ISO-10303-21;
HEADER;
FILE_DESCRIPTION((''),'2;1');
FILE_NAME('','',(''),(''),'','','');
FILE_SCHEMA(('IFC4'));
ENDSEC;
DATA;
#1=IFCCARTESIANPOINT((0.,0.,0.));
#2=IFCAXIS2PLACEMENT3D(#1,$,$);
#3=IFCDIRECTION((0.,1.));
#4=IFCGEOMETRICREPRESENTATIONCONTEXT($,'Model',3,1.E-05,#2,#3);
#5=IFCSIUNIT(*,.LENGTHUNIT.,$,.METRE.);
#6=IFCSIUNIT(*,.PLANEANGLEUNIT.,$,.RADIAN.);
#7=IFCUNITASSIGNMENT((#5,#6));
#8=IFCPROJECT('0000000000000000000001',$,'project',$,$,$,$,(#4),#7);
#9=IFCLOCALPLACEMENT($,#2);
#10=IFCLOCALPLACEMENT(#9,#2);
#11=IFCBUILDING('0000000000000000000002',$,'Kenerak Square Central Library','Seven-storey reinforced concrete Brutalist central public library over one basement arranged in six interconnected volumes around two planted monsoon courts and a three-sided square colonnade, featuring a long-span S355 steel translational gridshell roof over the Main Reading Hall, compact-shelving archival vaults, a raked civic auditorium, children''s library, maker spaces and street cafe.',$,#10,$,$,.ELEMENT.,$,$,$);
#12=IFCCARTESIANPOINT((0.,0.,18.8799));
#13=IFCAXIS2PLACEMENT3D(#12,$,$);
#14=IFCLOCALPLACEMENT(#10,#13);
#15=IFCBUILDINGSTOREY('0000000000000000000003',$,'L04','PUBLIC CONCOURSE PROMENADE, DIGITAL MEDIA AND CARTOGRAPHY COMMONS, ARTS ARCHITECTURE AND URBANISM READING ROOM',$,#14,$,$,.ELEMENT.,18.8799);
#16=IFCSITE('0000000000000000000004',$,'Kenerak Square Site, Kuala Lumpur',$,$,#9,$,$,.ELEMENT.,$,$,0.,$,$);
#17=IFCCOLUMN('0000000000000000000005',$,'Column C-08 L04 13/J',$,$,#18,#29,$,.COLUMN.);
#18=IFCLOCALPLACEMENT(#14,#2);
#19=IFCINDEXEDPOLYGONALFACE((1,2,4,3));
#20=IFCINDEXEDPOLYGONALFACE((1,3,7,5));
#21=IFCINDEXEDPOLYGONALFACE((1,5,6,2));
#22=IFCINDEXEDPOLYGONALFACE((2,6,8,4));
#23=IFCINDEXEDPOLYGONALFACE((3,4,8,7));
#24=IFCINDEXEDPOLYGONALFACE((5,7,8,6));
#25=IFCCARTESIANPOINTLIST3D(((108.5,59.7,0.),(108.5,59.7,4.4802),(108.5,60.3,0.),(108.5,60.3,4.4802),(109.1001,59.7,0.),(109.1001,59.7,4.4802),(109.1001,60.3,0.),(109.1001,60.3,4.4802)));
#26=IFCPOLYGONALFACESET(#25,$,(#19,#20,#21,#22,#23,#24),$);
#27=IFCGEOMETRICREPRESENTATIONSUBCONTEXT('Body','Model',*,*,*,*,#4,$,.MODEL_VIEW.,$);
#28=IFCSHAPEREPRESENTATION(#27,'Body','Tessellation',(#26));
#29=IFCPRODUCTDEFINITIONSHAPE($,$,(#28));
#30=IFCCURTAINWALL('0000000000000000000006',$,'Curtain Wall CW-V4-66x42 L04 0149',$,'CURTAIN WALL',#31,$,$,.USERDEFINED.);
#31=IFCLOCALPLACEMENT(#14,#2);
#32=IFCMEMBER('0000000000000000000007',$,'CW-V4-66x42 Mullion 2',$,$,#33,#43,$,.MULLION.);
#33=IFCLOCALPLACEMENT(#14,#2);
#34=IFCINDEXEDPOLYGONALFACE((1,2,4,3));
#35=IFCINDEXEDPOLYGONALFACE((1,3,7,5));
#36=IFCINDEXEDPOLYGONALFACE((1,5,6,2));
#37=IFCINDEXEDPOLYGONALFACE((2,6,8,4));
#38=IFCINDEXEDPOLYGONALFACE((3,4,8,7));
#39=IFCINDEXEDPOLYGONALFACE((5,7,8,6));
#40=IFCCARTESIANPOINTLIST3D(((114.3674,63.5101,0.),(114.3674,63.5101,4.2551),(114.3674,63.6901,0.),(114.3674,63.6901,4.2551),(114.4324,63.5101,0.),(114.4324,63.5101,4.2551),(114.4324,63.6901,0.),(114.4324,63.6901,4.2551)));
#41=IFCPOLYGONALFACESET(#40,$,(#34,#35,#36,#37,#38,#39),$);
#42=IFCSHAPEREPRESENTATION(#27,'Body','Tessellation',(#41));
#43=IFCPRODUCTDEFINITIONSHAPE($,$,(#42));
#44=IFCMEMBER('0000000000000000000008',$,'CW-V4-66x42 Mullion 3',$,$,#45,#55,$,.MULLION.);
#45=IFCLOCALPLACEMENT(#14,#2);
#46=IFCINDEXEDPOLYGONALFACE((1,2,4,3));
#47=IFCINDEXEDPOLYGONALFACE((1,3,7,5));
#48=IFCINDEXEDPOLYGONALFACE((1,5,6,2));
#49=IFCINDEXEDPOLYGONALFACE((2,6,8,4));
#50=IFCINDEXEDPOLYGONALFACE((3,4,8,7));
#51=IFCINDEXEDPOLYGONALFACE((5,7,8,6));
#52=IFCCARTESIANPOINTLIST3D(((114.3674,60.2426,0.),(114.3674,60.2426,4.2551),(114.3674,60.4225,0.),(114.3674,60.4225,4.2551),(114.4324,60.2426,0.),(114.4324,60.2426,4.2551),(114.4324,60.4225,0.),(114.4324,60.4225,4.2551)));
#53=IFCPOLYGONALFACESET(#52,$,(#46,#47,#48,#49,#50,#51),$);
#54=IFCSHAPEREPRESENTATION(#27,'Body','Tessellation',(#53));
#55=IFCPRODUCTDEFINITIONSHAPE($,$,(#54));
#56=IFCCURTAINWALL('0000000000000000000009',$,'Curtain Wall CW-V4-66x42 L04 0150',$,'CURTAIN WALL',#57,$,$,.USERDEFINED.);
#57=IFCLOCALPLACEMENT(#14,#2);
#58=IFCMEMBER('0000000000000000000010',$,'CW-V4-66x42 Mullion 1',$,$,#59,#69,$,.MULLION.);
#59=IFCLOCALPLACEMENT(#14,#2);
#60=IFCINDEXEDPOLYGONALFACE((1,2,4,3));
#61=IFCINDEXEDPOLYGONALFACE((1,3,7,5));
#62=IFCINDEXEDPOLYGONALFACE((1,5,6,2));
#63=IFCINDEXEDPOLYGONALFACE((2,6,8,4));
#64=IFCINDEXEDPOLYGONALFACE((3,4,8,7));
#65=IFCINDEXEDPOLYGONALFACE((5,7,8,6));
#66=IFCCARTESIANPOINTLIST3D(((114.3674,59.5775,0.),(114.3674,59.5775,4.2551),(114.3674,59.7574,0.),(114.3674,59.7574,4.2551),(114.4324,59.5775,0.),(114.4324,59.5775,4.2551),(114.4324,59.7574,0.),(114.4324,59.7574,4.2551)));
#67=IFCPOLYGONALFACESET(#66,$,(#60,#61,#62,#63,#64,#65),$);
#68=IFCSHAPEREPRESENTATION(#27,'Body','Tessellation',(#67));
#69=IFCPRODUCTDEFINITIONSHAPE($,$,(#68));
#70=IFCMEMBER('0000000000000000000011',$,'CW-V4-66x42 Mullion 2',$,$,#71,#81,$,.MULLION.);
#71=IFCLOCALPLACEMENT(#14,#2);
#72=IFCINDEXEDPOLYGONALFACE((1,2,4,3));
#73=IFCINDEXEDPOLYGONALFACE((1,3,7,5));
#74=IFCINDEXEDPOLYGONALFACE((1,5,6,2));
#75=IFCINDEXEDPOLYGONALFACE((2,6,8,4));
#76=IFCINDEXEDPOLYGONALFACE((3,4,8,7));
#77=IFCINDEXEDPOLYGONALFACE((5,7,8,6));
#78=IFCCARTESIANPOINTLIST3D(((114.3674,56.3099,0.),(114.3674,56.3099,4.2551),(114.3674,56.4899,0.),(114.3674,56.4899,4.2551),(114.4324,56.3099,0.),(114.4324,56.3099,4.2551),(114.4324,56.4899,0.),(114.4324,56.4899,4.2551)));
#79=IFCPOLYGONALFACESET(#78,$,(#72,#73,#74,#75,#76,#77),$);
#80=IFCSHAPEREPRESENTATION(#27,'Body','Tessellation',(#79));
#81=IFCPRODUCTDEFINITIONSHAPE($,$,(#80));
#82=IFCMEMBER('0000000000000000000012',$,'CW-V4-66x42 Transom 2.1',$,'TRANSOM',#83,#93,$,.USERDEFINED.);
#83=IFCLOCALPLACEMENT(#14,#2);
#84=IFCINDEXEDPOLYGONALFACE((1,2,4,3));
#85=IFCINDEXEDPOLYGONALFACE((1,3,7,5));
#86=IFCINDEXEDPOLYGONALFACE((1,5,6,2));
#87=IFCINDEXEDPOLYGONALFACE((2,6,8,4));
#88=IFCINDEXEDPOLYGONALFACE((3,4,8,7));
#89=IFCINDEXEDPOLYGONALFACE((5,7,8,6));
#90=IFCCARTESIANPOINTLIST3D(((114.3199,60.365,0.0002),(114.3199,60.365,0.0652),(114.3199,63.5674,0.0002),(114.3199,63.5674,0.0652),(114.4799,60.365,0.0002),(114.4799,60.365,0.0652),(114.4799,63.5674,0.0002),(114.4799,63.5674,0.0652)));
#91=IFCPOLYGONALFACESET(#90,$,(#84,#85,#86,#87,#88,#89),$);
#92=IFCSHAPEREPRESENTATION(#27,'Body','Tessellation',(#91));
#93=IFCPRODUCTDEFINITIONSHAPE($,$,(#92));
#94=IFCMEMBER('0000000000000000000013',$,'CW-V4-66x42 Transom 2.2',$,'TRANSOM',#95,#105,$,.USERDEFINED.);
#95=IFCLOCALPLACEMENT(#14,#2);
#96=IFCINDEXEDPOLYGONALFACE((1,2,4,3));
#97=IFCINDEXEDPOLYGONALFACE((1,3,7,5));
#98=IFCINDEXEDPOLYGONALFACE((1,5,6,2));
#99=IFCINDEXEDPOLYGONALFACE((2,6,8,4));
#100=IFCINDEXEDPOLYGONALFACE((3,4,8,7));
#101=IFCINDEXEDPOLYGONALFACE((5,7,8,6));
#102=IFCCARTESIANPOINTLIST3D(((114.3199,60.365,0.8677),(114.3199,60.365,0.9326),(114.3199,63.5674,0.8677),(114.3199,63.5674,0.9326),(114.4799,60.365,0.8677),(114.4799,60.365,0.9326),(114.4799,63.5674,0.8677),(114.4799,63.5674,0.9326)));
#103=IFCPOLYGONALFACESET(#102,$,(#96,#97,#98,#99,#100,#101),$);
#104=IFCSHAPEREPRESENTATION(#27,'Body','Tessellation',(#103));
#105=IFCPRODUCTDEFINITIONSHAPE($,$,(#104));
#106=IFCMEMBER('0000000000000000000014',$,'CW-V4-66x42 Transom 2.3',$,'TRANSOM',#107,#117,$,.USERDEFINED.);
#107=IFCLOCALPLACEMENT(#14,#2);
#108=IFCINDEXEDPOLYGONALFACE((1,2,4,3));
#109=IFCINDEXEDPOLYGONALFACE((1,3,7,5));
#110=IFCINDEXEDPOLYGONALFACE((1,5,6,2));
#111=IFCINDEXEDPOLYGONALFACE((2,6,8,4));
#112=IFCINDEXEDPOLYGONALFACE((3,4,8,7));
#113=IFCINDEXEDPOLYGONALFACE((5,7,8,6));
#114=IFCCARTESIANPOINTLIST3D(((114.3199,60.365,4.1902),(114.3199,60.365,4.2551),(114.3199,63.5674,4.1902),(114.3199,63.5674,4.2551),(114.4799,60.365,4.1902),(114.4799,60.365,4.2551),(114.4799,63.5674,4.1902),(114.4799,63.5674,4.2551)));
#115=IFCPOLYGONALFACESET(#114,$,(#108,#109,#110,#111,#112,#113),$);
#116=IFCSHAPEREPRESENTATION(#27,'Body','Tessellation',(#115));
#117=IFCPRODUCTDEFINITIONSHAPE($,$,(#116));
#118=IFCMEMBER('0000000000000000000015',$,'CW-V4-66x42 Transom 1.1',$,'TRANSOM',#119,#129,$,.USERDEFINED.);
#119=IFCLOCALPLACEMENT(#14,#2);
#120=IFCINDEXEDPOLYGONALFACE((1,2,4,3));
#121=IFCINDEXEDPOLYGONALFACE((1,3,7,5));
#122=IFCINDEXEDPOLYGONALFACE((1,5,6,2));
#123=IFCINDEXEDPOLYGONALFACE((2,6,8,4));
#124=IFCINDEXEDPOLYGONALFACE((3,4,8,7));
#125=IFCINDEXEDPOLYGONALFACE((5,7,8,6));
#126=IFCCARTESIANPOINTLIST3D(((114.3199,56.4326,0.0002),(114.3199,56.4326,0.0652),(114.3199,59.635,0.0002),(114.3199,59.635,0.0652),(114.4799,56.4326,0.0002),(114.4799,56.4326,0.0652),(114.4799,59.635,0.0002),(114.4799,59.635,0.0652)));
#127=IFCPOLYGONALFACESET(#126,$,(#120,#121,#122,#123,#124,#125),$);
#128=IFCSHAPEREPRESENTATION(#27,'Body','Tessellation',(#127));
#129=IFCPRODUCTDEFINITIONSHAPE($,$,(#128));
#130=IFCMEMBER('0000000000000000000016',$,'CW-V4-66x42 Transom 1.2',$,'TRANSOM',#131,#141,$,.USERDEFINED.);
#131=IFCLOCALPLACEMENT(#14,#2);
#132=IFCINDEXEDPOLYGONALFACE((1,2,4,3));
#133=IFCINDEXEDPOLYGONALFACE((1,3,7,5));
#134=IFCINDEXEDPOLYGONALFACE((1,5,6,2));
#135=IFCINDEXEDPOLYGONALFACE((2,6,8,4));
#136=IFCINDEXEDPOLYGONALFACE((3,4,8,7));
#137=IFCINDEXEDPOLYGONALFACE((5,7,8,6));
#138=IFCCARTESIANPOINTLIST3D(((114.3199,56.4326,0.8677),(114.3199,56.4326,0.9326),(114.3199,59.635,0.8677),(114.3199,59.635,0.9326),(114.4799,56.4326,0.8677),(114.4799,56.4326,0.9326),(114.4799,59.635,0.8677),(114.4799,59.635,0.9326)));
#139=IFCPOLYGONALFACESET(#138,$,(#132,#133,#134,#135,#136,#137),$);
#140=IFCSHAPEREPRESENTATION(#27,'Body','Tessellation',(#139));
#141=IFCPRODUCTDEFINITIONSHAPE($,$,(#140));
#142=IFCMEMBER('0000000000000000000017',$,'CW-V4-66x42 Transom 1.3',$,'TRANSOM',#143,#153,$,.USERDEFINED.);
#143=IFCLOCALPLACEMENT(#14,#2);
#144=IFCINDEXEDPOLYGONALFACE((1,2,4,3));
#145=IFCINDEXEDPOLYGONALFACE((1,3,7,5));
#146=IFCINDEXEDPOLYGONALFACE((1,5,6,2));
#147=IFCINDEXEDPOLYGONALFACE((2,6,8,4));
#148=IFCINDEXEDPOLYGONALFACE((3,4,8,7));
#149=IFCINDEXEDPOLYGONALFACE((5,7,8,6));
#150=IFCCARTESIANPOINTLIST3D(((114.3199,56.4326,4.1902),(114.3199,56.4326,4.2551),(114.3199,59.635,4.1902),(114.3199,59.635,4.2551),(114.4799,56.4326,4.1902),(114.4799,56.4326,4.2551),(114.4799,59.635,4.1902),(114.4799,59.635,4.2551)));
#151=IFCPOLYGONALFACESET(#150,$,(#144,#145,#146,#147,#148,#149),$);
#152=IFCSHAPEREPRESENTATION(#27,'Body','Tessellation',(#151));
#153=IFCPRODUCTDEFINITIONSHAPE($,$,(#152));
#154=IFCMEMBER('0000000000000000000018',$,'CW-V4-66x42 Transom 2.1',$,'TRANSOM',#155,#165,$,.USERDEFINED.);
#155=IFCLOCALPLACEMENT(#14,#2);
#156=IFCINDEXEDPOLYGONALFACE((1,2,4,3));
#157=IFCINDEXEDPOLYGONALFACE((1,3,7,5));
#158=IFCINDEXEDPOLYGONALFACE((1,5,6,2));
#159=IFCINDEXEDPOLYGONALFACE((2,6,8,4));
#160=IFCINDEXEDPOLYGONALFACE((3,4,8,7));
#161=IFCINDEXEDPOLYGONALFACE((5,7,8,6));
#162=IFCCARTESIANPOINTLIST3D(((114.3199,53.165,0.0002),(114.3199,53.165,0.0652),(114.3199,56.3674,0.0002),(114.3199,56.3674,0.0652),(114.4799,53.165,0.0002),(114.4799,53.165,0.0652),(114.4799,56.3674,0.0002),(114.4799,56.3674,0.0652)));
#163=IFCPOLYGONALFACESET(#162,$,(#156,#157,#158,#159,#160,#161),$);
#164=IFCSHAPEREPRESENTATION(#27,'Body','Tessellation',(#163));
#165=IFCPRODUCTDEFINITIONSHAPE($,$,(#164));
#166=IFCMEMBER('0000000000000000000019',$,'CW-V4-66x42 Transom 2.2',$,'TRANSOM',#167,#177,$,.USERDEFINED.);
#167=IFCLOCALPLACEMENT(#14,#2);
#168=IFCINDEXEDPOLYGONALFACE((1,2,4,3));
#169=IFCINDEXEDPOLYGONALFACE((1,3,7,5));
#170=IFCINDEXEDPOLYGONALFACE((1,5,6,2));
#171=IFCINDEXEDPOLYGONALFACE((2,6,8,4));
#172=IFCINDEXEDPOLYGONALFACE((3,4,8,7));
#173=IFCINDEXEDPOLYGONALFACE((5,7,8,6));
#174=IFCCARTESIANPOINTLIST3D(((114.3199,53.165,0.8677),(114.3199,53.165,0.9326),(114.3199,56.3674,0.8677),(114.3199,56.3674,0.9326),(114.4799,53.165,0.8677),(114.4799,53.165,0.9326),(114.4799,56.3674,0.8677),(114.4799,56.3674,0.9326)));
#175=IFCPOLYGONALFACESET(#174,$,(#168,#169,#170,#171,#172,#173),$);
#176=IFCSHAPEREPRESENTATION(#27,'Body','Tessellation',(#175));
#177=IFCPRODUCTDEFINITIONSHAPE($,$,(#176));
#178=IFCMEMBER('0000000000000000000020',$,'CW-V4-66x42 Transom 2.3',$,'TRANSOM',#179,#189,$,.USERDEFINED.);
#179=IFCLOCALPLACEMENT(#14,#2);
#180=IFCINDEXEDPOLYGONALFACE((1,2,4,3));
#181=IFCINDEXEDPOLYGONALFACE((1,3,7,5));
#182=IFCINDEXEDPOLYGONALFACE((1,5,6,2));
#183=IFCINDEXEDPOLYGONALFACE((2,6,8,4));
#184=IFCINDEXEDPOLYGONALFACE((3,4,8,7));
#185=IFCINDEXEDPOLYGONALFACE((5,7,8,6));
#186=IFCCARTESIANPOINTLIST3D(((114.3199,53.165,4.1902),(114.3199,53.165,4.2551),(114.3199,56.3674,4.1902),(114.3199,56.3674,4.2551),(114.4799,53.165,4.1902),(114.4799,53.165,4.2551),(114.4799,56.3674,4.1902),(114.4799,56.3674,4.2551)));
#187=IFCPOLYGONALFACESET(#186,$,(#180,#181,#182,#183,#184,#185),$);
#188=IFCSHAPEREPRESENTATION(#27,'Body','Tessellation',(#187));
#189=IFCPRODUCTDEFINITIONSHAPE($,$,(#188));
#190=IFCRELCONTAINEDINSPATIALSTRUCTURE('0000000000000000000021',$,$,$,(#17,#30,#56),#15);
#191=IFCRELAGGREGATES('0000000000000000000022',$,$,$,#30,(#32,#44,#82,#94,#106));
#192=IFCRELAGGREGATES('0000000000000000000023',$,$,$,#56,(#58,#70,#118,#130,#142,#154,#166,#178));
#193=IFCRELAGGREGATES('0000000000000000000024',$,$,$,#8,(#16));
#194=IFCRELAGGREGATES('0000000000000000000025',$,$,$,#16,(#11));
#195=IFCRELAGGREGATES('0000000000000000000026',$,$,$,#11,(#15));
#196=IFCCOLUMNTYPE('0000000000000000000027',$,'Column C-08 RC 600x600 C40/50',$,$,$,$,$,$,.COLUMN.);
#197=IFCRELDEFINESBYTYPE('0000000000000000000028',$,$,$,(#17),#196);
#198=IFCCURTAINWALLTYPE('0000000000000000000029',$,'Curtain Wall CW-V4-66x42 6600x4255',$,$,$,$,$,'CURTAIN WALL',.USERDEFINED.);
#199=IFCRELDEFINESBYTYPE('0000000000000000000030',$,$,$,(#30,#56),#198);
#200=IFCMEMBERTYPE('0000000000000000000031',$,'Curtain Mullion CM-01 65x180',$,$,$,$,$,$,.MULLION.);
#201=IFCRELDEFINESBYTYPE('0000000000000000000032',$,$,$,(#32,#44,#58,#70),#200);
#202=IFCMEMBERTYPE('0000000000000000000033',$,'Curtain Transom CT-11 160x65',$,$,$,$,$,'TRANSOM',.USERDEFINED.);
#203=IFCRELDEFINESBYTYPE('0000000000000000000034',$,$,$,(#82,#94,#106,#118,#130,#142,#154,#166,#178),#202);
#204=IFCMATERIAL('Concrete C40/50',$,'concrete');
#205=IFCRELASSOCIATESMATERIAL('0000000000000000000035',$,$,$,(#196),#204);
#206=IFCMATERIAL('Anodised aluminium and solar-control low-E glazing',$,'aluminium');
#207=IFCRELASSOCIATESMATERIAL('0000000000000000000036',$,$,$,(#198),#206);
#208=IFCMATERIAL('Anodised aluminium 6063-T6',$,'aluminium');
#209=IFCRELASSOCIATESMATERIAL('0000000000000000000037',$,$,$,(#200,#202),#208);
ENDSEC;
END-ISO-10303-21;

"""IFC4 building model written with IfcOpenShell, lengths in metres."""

from ifc_helpers import new_model, si_unit, direction, frame, origin, origin_2d, place, context, subcontext, project, spatial, rectangle, extrude, material, material_profile, profile_set, type_object, element, aggregate, save


model = new_model("IFC4")

# Units and contexts
model_context = context("Model", 3, precision=1e-05, world=origin(), true_north=direction((0.0, 1.0)))
body_context = subcontext(model_context, "Body", "Model", "MODEL_VIEW")
ifc_project = project(units=[si_unit("LENGTHUNIT", "METRE"), si_unit("PLANEANGLEUNIT", "RADIAN")], contexts=[model_context])

# Site, building, storey
site_placement = place(None, origin())
site = spatial("IfcSite", under=ifc_project, at=site_placement, Name="Kenerak Square Site, Kuala Lumpur", CompositionType="ELEMENT", RefElevation=0.0)
building_placement = place(site_placement, origin())
building = spatial("IfcBuilding", under=site, at=building_placement, Name="Kenerak Square Central Library", Description="Seven-storey reinforced concrete Brutalist central public library over one basement arranged in six interconnected volumes around two planted monsoon courts and a three-sided square colonnade, featuring a long-span S355 steel translational gridshell roof over the Main Reading Hall, compact-shelving archival vaults, a raked civic auditorium, children's library, maker spaces and street cafe.", CompositionType="ELEMENT")
storey_placement = place(building_placement, frame((0.0, 0.0, 18.8799)))
storey = spatial("IfcBuildingStorey", under=building, at=storey_placement, Name="L04", Description="PUBLIC CONCOURSE PROMENADE, DIGITAL MEDIA AND CARTOGRAPHY COMMONS, ARTS ARCHITECTURE AND URBANISM READING ROOM", CompositionType="ELEMENT", Elevation=18.8799)

# Column
ifc_material_1 = material(Name="Concrete C40/50", Category="concrete")
ifc_material_profile_1 = material_profile(ifc_material_1, rectangle(XDim=0.6001, YDim=0.6001, at=origin_2d()), Name="RC 600x600")
ifc_profile_set_1 = profile_set([ifc_material_profile_1], Name="Concrete C40/50")
column_type = type_object("IfcColumnType", Name="Column C-08 RC 600x600 C40/50", PredefinedType="COLUMN", material=ifc_profile_set_1)
column_placement = place(storey_placement, frame((108.8, 60.0, 0.0), z_axis=(0.0, 0.0, 1.0), x_axis=(1.0, 0.0, 0.0)))
element("IfcColumn", 1, at=column_placement, inside=storey, type_object=column_type, Name="Column C-08 L04 13/J", PredefinedType="COLUMN", context=body_context, shape_type="SweptSolid", body=[
    extrude(rectangle(XDim=0.6001, YDim=0.6001, at=origin_2d()), origin(), (0.0, 0.0, 1.0), 4.4802),
])

# Curtain walls, members
ifc_material_2 = material(Name="Anodised aluminium and solar-control low-E glazing", Category="aluminium")
curtain_wall_type = type_object("IfcCurtainWallType", Name="Curtain Wall CW-V4-66x42 6600x4255", ElementType="CURTAIN WALL", PredefinedType="USERDEFINED", material=ifc_material_2)
curtain_wall_1_placement = place(storey_placement, origin())
curtain_wall_1 = element("IfcCurtainWall", 2, at=curtain_wall_1_placement, inside=storey, type_object=curtain_wall_type, Name="Curtain Wall CW-V4-66x42 L04 0149", ObjectType="CURTAIN WALL", PredefinedType="USERDEFINED")
ifc_material_3 = material(Name="Anodised aluminium 6063-T6", Category="aluminium")
ifc_material_profile_2 = material_profile(ifc_material_3, rectangle(XDim=0.0649, YDim=0.1799, at=origin_2d()), Name="AL MULLION 65x180")
ifc_profile_set_2 = profile_set([ifc_material_profile_2], Name="Anodised aluminium 6063-T6")
member_type_1 = type_object("IfcMemberType", Name="Curtain Mullion CM-01 65x180", PredefinedType="MULLION", material=ifc_profile_set_2)
member_1_placement = place(storey_placement, frame((114.3999, 63.6001, 0.0), z_axis=(0.0, 0.0, 1.0), x_axis=(1.0, 0.0, 0.0)))
member_1 = element("IfcMember", 3, at=member_1_placement, type_object=member_type_1, Name="CW-V4-66x42 Mullion 2", PredefinedType="MULLION", context=body_context, shape_type="SweptSolid", body=[
    extrude(rectangle(XDim=0.0649, YDim=0.1799, at=origin_2d()), origin(), (0.0, 0.0, 1.0), 4.2551),
])
member_2_placement = place(storey_placement, frame((114.3999, 60.3325, 0.0), z_axis=(0.0, 0.0, 1.0), x_axis=(1.0, 0.0, 0.0)))
member_2 = element("IfcMember", 4, at=member_2_placement, type_object=member_type_1, Name="CW-V4-66x42 Mullion 3", PredefinedType="MULLION", context=body_context, shape_type="SweptSolid", body=[
    extrude(rectangle(XDim=0.0649, YDim=0.1799, at=origin_2d()), origin(), (0.0, 0.0, 1.0), 4.2551),
])
curtain_wall_2_placement = place(storey_placement, origin())
curtain_wall_2 = element("IfcCurtainWall", 5, at=curtain_wall_2_placement, inside=storey, type_object=curtain_wall_type, Name="Curtain Wall CW-V4-66x42 L04 0150", ObjectType="CURTAIN WALL", PredefinedType="USERDEFINED")
member_3_placement = place(storey_placement, frame((114.3999, 59.6675, 0.0), z_axis=(0.0, 0.0, 1.0), x_axis=(1.0, 0.0, 0.0)))
member_3 = element("IfcMember", 6, at=member_3_placement, type_object=member_type_1, Name="CW-V4-66x42 Mullion 1", PredefinedType="MULLION", context=body_context, shape_type="SweptSolid", body=[
    extrude(rectangle(XDim=0.0649, YDim=0.1799, at=origin_2d()), origin(), (0.0, 0.0, 1.0), 4.2551),
])
member_4_placement = place(storey_placement, frame((114.3999, 56.3999, 0.0), z_axis=(0.0, 0.0, 1.0), x_axis=(1.0, 0.0, 0.0)))
member_4 = element("IfcMember", 7, at=member_4_placement, type_object=member_type_1, Name="CW-V4-66x42 Mullion 2", PredefinedType="MULLION", context=body_context, shape_type="SweptSolid", body=[
    extrude(rectangle(XDim=0.0649, YDim=0.1799, at=origin_2d()), origin(), (0.0, 0.0, 1.0), 4.2551),
])

# Members
ifc_material_profile_3 = material_profile(ifc_material_3, rectangle(XDim=0.1599, YDim=0.0649, at=origin_2d()), Name="AL TRANSOM 160x65")
ifc_profile_set_3 = profile_set([ifc_material_profile_3], Name="Anodised aluminium 6063-T6")
member_type_2 = type_object("IfcMemberType", Name="Curtain Transom CT-11 160x65", ElementType="TRANSOM", PredefinedType="USERDEFINED", material=ifc_profile_set_3)
member_5_placement = place(storey_placement, frame((114.3999, 63.5674, 0.0327), z_axis=(0.0, -1.0, 0.0), x_axis=(1.0, 0.0, 0.0)))
member_5 = element("IfcMember", 8, at=member_5_placement, type_object=member_type_2, Name="CW-V4-66x42 Transom 2.1", ObjectType="TRANSOM", PredefinedType="USERDEFINED", context=body_context, shape_type="SweptSolid", body=[
    extrude(rectangle(XDim=0.1599, YDim=0.0649, at=origin_2d()), origin(), (0.0, 0.0, 1.0), 3.2024),
])
member_6_placement = place(storey_placement, frame((114.3999, 63.5674, 0.9001), z_axis=(0.0, -1.0, 0.0), x_axis=(1.0, 0.0, 0.0)))
member_6 = element("IfcMember", 9, at=member_6_placement, type_object=member_type_2, Name="CW-V4-66x42 Transom 2.2", ObjectType="TRANSOM", PredefinedType="USERDEFINED", context=body_context, shape_type="SweptSolid", body=[
    extrude(rectangle(XDim=0.1599, YDim=0.0649, at=origin_2d()), origin(), (0.0, 0.0, 1.0), 3.2024),
])
member_7_placement = place(storey_placement, frame((114.3999, 63.5674, 4.2227), z_axis=(0.0, -1.0, 0.0), x_axis=(1.0, 0.0, 0.0)))
member_7 = element("IfcMember", 10, at=member_7_placement, type_object=member_type_2, Name="CW-V4-66x42 Transom 2.3", ObjectType="TRANSOM", PredefinedType="USERDEFINED", context=body_context, shape_type="SweptSolid", body=[
    extrude(rectangle(XDim=0.1599, YDim=0.0649, at=origin_2d()), origin(), (0.0, 0.0, 1.0), 3.2024),
])
member_8_placement = place(storey_placement, frame((114.3999, 59.635, 0.0327), z_axis=(0.0, -1.0, 0.0), x_axis=(1.0, 0.0, 0.0)))
member_8 = element("IfcMember", 11, at=member_8_placement, type_object=member_type_2, Name="CW-V4-66x42 Transom 1.1", ObjectType="TRANSOM", PredefinedType="USERDEFINED", context=body_context, shape_type="SweptSolid", body=[
    extrude(rectangle(XDim=0.1599, YDim=0.0649, at=origin_2d()), origin(), (0.0, 0.0, 1.0), 3.2024),
])
member_9_placement = place(storey_placement, frame((114.3999, 59.635, 0.9001), z_axis=(0.0, -1.0, 0.0), x_axis=(1.0, 0.0, 0.0)))
member_9 = element("IfcMember", 12, at=member_9_placement, type_object=member_type_2, Name="CW-V4-66x42 Transom 1.2", ObjectType="TRANSOM", PredefinedType="USERDEFINED", context=body_context, shape_type="SweptSolid", body=[
    extrude(rectangle(XDim=0.1599, YDim=0.0649, at=origin_2d()), origin(), (0.0, 0.0, 1.0), 3.2024),
])
member_10_placement = place(storey_placement, frame((114.3999, 59.635, 4.2227), z_axis=(0.0, -1.0, 0.0), x_axis=(1.0, 0.0, 0.0)))
member_10 = element("IfcMember", 13, at=member_10_placement, type_object=member_type_2, Name="CW-V4-66x42 Transom 1.3", ObjectType="TRANSOM", PredefinedType="USERDEFINED", context=body_context, shape_type="SweptSolid", body=[
    extrude(rectangle(XDim=0.1599, YDim=0.0649, at=origin_2d()), origin(), (0.0, 0.0, 1.0), 3.2024),
])
member_11_placement = place(storey_placement, frame((114.3999, 56.3674, 0.0327), z_axis=(0.0, -1.0, 0.0), x_axis=(1.0, 0.0, 0.0)))
member_11 = element("IfcMember", 14, at=member_11_placement, type_object=member_type_2, Name="CW-V4-66x42 Transom 2.1", ObjectType="TRANSOM", PredefinedType="USERDEFINED", context=body_context, shape_type="SweptSolid", body=[
    extrude(rectangle(XDim=0.1599, YDim=0.0649, at=origin_2d()), origin(), (0.0, 0.0, 1.0), 3.2024),
])
member_12_placement = place(storey_placement, frame((114.3999, 56.3674, 0.9001), z_axis=(0.0, -1.0, 0.0), x_axis=(1.0, 0.0, 0.0)))
member_12 = element("IfcMember", 15, at=member_12_placement, type_object=member_type_2, Name="CW-V4-66x42 Transom 2.2", ObjectType="TRANSOM", PredefinedType="USERDEFINED", context=body_context, shape_type="SweptSolid", body=[
    extrude(rectangle(XDim=0.1599, YDim=0.0649, at=origin_2d()), origin(), (0.0, 0.0, 1.0), 3.2024),
])
member_13_placement = place(storey_placement, frame((114.3999, 56.3674, 4.2227), z_axis=(0.0, -1.0, 0.0), x_axis=(1.0, 0.0, 0.0)))
member_13 = element("IfcMember", 16, at=member_13_placement, type_object=member_type_2, Name="CW-V4-66x42 Transom 2.3", ObjectType="TRANSOM", PredefinedType="USERDEFINED", context=body_context, shape_type="SweptSolid", body=[
    extrude(rectangle(XDim=0.1599, YDim=0.0649, at=origin_2d()), origin(), (0.0, 0.0, 1.0), 3.2024),
])

aggregate(curtain_wall_1, [member_1, member_2, member_5, member_6, member_7])
aggregate(curtain_wall_2, [member_3, member_4, member_8, member_9, member_10, member_11, member_12, member_13])

save(model, "model.ifc")
